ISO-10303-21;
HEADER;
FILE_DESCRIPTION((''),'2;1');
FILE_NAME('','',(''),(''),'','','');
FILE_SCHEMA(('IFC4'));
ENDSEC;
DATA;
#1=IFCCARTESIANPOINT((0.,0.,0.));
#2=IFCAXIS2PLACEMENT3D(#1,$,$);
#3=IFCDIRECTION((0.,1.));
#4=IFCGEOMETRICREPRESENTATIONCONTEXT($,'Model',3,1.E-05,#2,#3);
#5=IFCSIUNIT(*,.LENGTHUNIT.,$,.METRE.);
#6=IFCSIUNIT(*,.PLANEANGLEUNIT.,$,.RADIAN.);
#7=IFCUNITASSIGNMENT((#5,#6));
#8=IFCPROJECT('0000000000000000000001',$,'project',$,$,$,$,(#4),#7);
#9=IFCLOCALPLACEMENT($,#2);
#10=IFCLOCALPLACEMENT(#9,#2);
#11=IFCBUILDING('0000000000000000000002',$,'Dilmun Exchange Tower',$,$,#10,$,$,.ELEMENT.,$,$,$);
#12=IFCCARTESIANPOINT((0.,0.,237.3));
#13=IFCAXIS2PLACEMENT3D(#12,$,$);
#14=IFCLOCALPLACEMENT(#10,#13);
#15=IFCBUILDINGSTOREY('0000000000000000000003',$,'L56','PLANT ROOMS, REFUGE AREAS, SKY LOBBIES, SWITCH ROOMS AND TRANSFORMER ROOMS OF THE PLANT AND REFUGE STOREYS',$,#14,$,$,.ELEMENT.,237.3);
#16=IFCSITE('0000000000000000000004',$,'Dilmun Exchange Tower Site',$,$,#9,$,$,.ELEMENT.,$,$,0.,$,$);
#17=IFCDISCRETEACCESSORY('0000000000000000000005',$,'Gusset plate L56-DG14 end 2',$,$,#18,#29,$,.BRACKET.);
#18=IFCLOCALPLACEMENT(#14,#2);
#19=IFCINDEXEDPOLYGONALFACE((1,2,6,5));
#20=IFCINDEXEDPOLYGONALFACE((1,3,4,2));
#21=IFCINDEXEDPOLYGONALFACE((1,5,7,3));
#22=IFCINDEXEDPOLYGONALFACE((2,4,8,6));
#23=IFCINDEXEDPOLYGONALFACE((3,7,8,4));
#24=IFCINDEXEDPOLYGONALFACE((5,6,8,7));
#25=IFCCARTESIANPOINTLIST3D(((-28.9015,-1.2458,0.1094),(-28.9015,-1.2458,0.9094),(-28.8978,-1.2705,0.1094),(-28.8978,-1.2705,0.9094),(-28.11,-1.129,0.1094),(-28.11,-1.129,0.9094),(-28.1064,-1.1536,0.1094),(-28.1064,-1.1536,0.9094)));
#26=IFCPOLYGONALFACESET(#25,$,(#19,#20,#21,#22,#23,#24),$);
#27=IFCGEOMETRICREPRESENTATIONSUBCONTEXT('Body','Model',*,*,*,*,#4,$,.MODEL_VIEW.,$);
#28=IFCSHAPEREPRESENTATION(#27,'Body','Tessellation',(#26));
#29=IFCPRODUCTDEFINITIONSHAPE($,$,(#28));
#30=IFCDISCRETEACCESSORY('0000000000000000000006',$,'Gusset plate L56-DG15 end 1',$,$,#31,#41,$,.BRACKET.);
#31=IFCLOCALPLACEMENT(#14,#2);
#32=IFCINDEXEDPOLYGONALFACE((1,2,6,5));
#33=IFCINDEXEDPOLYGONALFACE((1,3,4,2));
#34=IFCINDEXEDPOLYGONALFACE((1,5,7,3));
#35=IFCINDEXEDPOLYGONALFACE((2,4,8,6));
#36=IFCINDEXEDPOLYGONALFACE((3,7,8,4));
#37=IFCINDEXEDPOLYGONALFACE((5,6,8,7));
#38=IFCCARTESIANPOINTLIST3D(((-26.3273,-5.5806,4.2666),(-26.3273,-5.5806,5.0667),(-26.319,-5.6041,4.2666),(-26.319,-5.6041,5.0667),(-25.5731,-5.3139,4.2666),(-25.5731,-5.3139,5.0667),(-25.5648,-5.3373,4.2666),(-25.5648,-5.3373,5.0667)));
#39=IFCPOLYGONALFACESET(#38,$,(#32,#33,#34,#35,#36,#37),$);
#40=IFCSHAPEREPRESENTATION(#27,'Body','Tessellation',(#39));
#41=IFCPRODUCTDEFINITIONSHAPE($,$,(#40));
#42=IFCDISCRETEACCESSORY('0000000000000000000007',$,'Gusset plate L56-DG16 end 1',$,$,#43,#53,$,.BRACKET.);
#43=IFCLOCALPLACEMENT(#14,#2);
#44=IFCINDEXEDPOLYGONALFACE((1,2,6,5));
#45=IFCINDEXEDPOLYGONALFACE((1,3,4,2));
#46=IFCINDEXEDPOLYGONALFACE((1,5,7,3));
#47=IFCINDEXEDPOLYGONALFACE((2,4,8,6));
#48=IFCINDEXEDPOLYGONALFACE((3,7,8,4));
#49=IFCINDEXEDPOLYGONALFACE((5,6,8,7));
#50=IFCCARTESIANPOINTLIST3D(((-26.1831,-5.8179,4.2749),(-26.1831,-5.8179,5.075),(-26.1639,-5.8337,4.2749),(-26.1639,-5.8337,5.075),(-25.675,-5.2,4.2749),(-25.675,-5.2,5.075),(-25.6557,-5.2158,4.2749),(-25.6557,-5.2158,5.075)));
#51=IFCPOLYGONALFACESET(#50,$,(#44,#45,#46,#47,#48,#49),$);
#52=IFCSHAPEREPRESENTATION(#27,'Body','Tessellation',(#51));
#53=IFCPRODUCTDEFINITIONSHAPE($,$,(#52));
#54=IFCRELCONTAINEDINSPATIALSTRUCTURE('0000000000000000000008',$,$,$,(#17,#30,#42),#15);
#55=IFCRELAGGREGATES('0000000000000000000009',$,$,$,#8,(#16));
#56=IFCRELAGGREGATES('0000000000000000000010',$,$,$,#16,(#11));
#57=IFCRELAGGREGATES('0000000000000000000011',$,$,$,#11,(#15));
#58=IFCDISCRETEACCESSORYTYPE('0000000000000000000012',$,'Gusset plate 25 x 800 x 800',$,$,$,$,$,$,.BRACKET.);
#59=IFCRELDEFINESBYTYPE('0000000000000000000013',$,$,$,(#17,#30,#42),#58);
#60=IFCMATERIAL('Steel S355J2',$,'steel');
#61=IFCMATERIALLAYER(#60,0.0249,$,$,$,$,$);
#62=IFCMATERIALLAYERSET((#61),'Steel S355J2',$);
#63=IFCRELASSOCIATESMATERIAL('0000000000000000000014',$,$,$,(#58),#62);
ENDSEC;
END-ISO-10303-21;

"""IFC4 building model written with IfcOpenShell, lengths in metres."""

from ifc_helpers import new_model, si_unit, direction, frame, origin, origin_2d, place, context, subcontext, project, spatial, rectangle, extrude, material, layer, layer_set, type_object, element, save


model = new_model("IFC4")

# Units and contexts
model_context = context("Model", 3, precision=1e-05, world=origin(), true_north=direction((0.0, 1.0)))
body_context = subcontext(model_context, "Body", "Model", "MODEL_VIEW")
ifc_project = project(units=[si_unit("LENGTHUNIT", "METRE"), si_unit("PLANEANGLEUNIT", "RADIAN")], contexts=[model_context])

# Site, building, storey
site_placement = place(None, origin())
site = spatial("IfcSite", under=ifc_project, at=site_placement, Name="Dilmun Exchange Tower Site", CompositionType="ELEMENT", RefElevation=0.0)
building_placement = place(site_placement, origin())
building = spatial("IfcBuilding", under=site, at=building_placement, Name="Dilmun Exchange Tower", CompositionType="ELEMENT")
storey_placement = place(building_placement, frame((0.0, 0.0, 237.3)))
storey = spatial("IfcBuildingStorey", under=building, at=storey_placement, Name="L56", Description="PLANT ROOMS, REFUGE AREAS, SKY LOBBIES, SWITCH ROOMS AND TRANSFORMER ROOMS OF THE PLANT AND REFUGE STOREYS", CompositionType="ELEMENT", Elevation=237.3)

# Discrete accessories
ifc_material_1 = material(Name="Steel S355J2", Category="steel")
ifc_layer_1 = layer(ifc_material_1, 0.0249)
ifc_layer_set_1 = layer_set([ifc_layer_1], Name="Steel S355J2")
discrete_accessory_type = type_object("IfcDiscreteAccessoryType", Name="Gusset plate 25 x 800 x 800", PredefinedType="BRACKET", material=ifc_layer_set_1)
for number, where, z_axis, x_axis, name in (
    (1, (-28.5039, -1.1997, 0.1094), (0.0, 0.0, 1.0), (-0.989275, -0.146067, 0.0), "Gusset plate L56-DG14 end 2"),
    (2, (-25.946, -5.459, 4.2666), (0.0, 0.0, 1.0), (-0.942768, -0.33345, 0.0), "Gusset plate L56-DG15 end 1"),
    (3, (-25.9194, -5.5168, 4.2749), (0.0, 0.0, 1.0), (-0.635202, -0.772346, 0.0), "Gusset plate L56-DG16 end 1"),
):
    element("IfcDiscreteAccessory", number, at=place(storey_placement, frame(where, z_axis=z_axis, x_axis=x_axis)), inside=storey, type_object=discrete_accessory_type, Name=name, PredefinedType="BRACKET", context=body_context, shape_type="SweptSolid", body=[
        extrude(rectangle(XDim=0.8, YDim=0.0249, at=origin_2d()), origin(), (0.0, 0.0, 1.0), 0.8),
    ])

save(model, "model.ifc")
